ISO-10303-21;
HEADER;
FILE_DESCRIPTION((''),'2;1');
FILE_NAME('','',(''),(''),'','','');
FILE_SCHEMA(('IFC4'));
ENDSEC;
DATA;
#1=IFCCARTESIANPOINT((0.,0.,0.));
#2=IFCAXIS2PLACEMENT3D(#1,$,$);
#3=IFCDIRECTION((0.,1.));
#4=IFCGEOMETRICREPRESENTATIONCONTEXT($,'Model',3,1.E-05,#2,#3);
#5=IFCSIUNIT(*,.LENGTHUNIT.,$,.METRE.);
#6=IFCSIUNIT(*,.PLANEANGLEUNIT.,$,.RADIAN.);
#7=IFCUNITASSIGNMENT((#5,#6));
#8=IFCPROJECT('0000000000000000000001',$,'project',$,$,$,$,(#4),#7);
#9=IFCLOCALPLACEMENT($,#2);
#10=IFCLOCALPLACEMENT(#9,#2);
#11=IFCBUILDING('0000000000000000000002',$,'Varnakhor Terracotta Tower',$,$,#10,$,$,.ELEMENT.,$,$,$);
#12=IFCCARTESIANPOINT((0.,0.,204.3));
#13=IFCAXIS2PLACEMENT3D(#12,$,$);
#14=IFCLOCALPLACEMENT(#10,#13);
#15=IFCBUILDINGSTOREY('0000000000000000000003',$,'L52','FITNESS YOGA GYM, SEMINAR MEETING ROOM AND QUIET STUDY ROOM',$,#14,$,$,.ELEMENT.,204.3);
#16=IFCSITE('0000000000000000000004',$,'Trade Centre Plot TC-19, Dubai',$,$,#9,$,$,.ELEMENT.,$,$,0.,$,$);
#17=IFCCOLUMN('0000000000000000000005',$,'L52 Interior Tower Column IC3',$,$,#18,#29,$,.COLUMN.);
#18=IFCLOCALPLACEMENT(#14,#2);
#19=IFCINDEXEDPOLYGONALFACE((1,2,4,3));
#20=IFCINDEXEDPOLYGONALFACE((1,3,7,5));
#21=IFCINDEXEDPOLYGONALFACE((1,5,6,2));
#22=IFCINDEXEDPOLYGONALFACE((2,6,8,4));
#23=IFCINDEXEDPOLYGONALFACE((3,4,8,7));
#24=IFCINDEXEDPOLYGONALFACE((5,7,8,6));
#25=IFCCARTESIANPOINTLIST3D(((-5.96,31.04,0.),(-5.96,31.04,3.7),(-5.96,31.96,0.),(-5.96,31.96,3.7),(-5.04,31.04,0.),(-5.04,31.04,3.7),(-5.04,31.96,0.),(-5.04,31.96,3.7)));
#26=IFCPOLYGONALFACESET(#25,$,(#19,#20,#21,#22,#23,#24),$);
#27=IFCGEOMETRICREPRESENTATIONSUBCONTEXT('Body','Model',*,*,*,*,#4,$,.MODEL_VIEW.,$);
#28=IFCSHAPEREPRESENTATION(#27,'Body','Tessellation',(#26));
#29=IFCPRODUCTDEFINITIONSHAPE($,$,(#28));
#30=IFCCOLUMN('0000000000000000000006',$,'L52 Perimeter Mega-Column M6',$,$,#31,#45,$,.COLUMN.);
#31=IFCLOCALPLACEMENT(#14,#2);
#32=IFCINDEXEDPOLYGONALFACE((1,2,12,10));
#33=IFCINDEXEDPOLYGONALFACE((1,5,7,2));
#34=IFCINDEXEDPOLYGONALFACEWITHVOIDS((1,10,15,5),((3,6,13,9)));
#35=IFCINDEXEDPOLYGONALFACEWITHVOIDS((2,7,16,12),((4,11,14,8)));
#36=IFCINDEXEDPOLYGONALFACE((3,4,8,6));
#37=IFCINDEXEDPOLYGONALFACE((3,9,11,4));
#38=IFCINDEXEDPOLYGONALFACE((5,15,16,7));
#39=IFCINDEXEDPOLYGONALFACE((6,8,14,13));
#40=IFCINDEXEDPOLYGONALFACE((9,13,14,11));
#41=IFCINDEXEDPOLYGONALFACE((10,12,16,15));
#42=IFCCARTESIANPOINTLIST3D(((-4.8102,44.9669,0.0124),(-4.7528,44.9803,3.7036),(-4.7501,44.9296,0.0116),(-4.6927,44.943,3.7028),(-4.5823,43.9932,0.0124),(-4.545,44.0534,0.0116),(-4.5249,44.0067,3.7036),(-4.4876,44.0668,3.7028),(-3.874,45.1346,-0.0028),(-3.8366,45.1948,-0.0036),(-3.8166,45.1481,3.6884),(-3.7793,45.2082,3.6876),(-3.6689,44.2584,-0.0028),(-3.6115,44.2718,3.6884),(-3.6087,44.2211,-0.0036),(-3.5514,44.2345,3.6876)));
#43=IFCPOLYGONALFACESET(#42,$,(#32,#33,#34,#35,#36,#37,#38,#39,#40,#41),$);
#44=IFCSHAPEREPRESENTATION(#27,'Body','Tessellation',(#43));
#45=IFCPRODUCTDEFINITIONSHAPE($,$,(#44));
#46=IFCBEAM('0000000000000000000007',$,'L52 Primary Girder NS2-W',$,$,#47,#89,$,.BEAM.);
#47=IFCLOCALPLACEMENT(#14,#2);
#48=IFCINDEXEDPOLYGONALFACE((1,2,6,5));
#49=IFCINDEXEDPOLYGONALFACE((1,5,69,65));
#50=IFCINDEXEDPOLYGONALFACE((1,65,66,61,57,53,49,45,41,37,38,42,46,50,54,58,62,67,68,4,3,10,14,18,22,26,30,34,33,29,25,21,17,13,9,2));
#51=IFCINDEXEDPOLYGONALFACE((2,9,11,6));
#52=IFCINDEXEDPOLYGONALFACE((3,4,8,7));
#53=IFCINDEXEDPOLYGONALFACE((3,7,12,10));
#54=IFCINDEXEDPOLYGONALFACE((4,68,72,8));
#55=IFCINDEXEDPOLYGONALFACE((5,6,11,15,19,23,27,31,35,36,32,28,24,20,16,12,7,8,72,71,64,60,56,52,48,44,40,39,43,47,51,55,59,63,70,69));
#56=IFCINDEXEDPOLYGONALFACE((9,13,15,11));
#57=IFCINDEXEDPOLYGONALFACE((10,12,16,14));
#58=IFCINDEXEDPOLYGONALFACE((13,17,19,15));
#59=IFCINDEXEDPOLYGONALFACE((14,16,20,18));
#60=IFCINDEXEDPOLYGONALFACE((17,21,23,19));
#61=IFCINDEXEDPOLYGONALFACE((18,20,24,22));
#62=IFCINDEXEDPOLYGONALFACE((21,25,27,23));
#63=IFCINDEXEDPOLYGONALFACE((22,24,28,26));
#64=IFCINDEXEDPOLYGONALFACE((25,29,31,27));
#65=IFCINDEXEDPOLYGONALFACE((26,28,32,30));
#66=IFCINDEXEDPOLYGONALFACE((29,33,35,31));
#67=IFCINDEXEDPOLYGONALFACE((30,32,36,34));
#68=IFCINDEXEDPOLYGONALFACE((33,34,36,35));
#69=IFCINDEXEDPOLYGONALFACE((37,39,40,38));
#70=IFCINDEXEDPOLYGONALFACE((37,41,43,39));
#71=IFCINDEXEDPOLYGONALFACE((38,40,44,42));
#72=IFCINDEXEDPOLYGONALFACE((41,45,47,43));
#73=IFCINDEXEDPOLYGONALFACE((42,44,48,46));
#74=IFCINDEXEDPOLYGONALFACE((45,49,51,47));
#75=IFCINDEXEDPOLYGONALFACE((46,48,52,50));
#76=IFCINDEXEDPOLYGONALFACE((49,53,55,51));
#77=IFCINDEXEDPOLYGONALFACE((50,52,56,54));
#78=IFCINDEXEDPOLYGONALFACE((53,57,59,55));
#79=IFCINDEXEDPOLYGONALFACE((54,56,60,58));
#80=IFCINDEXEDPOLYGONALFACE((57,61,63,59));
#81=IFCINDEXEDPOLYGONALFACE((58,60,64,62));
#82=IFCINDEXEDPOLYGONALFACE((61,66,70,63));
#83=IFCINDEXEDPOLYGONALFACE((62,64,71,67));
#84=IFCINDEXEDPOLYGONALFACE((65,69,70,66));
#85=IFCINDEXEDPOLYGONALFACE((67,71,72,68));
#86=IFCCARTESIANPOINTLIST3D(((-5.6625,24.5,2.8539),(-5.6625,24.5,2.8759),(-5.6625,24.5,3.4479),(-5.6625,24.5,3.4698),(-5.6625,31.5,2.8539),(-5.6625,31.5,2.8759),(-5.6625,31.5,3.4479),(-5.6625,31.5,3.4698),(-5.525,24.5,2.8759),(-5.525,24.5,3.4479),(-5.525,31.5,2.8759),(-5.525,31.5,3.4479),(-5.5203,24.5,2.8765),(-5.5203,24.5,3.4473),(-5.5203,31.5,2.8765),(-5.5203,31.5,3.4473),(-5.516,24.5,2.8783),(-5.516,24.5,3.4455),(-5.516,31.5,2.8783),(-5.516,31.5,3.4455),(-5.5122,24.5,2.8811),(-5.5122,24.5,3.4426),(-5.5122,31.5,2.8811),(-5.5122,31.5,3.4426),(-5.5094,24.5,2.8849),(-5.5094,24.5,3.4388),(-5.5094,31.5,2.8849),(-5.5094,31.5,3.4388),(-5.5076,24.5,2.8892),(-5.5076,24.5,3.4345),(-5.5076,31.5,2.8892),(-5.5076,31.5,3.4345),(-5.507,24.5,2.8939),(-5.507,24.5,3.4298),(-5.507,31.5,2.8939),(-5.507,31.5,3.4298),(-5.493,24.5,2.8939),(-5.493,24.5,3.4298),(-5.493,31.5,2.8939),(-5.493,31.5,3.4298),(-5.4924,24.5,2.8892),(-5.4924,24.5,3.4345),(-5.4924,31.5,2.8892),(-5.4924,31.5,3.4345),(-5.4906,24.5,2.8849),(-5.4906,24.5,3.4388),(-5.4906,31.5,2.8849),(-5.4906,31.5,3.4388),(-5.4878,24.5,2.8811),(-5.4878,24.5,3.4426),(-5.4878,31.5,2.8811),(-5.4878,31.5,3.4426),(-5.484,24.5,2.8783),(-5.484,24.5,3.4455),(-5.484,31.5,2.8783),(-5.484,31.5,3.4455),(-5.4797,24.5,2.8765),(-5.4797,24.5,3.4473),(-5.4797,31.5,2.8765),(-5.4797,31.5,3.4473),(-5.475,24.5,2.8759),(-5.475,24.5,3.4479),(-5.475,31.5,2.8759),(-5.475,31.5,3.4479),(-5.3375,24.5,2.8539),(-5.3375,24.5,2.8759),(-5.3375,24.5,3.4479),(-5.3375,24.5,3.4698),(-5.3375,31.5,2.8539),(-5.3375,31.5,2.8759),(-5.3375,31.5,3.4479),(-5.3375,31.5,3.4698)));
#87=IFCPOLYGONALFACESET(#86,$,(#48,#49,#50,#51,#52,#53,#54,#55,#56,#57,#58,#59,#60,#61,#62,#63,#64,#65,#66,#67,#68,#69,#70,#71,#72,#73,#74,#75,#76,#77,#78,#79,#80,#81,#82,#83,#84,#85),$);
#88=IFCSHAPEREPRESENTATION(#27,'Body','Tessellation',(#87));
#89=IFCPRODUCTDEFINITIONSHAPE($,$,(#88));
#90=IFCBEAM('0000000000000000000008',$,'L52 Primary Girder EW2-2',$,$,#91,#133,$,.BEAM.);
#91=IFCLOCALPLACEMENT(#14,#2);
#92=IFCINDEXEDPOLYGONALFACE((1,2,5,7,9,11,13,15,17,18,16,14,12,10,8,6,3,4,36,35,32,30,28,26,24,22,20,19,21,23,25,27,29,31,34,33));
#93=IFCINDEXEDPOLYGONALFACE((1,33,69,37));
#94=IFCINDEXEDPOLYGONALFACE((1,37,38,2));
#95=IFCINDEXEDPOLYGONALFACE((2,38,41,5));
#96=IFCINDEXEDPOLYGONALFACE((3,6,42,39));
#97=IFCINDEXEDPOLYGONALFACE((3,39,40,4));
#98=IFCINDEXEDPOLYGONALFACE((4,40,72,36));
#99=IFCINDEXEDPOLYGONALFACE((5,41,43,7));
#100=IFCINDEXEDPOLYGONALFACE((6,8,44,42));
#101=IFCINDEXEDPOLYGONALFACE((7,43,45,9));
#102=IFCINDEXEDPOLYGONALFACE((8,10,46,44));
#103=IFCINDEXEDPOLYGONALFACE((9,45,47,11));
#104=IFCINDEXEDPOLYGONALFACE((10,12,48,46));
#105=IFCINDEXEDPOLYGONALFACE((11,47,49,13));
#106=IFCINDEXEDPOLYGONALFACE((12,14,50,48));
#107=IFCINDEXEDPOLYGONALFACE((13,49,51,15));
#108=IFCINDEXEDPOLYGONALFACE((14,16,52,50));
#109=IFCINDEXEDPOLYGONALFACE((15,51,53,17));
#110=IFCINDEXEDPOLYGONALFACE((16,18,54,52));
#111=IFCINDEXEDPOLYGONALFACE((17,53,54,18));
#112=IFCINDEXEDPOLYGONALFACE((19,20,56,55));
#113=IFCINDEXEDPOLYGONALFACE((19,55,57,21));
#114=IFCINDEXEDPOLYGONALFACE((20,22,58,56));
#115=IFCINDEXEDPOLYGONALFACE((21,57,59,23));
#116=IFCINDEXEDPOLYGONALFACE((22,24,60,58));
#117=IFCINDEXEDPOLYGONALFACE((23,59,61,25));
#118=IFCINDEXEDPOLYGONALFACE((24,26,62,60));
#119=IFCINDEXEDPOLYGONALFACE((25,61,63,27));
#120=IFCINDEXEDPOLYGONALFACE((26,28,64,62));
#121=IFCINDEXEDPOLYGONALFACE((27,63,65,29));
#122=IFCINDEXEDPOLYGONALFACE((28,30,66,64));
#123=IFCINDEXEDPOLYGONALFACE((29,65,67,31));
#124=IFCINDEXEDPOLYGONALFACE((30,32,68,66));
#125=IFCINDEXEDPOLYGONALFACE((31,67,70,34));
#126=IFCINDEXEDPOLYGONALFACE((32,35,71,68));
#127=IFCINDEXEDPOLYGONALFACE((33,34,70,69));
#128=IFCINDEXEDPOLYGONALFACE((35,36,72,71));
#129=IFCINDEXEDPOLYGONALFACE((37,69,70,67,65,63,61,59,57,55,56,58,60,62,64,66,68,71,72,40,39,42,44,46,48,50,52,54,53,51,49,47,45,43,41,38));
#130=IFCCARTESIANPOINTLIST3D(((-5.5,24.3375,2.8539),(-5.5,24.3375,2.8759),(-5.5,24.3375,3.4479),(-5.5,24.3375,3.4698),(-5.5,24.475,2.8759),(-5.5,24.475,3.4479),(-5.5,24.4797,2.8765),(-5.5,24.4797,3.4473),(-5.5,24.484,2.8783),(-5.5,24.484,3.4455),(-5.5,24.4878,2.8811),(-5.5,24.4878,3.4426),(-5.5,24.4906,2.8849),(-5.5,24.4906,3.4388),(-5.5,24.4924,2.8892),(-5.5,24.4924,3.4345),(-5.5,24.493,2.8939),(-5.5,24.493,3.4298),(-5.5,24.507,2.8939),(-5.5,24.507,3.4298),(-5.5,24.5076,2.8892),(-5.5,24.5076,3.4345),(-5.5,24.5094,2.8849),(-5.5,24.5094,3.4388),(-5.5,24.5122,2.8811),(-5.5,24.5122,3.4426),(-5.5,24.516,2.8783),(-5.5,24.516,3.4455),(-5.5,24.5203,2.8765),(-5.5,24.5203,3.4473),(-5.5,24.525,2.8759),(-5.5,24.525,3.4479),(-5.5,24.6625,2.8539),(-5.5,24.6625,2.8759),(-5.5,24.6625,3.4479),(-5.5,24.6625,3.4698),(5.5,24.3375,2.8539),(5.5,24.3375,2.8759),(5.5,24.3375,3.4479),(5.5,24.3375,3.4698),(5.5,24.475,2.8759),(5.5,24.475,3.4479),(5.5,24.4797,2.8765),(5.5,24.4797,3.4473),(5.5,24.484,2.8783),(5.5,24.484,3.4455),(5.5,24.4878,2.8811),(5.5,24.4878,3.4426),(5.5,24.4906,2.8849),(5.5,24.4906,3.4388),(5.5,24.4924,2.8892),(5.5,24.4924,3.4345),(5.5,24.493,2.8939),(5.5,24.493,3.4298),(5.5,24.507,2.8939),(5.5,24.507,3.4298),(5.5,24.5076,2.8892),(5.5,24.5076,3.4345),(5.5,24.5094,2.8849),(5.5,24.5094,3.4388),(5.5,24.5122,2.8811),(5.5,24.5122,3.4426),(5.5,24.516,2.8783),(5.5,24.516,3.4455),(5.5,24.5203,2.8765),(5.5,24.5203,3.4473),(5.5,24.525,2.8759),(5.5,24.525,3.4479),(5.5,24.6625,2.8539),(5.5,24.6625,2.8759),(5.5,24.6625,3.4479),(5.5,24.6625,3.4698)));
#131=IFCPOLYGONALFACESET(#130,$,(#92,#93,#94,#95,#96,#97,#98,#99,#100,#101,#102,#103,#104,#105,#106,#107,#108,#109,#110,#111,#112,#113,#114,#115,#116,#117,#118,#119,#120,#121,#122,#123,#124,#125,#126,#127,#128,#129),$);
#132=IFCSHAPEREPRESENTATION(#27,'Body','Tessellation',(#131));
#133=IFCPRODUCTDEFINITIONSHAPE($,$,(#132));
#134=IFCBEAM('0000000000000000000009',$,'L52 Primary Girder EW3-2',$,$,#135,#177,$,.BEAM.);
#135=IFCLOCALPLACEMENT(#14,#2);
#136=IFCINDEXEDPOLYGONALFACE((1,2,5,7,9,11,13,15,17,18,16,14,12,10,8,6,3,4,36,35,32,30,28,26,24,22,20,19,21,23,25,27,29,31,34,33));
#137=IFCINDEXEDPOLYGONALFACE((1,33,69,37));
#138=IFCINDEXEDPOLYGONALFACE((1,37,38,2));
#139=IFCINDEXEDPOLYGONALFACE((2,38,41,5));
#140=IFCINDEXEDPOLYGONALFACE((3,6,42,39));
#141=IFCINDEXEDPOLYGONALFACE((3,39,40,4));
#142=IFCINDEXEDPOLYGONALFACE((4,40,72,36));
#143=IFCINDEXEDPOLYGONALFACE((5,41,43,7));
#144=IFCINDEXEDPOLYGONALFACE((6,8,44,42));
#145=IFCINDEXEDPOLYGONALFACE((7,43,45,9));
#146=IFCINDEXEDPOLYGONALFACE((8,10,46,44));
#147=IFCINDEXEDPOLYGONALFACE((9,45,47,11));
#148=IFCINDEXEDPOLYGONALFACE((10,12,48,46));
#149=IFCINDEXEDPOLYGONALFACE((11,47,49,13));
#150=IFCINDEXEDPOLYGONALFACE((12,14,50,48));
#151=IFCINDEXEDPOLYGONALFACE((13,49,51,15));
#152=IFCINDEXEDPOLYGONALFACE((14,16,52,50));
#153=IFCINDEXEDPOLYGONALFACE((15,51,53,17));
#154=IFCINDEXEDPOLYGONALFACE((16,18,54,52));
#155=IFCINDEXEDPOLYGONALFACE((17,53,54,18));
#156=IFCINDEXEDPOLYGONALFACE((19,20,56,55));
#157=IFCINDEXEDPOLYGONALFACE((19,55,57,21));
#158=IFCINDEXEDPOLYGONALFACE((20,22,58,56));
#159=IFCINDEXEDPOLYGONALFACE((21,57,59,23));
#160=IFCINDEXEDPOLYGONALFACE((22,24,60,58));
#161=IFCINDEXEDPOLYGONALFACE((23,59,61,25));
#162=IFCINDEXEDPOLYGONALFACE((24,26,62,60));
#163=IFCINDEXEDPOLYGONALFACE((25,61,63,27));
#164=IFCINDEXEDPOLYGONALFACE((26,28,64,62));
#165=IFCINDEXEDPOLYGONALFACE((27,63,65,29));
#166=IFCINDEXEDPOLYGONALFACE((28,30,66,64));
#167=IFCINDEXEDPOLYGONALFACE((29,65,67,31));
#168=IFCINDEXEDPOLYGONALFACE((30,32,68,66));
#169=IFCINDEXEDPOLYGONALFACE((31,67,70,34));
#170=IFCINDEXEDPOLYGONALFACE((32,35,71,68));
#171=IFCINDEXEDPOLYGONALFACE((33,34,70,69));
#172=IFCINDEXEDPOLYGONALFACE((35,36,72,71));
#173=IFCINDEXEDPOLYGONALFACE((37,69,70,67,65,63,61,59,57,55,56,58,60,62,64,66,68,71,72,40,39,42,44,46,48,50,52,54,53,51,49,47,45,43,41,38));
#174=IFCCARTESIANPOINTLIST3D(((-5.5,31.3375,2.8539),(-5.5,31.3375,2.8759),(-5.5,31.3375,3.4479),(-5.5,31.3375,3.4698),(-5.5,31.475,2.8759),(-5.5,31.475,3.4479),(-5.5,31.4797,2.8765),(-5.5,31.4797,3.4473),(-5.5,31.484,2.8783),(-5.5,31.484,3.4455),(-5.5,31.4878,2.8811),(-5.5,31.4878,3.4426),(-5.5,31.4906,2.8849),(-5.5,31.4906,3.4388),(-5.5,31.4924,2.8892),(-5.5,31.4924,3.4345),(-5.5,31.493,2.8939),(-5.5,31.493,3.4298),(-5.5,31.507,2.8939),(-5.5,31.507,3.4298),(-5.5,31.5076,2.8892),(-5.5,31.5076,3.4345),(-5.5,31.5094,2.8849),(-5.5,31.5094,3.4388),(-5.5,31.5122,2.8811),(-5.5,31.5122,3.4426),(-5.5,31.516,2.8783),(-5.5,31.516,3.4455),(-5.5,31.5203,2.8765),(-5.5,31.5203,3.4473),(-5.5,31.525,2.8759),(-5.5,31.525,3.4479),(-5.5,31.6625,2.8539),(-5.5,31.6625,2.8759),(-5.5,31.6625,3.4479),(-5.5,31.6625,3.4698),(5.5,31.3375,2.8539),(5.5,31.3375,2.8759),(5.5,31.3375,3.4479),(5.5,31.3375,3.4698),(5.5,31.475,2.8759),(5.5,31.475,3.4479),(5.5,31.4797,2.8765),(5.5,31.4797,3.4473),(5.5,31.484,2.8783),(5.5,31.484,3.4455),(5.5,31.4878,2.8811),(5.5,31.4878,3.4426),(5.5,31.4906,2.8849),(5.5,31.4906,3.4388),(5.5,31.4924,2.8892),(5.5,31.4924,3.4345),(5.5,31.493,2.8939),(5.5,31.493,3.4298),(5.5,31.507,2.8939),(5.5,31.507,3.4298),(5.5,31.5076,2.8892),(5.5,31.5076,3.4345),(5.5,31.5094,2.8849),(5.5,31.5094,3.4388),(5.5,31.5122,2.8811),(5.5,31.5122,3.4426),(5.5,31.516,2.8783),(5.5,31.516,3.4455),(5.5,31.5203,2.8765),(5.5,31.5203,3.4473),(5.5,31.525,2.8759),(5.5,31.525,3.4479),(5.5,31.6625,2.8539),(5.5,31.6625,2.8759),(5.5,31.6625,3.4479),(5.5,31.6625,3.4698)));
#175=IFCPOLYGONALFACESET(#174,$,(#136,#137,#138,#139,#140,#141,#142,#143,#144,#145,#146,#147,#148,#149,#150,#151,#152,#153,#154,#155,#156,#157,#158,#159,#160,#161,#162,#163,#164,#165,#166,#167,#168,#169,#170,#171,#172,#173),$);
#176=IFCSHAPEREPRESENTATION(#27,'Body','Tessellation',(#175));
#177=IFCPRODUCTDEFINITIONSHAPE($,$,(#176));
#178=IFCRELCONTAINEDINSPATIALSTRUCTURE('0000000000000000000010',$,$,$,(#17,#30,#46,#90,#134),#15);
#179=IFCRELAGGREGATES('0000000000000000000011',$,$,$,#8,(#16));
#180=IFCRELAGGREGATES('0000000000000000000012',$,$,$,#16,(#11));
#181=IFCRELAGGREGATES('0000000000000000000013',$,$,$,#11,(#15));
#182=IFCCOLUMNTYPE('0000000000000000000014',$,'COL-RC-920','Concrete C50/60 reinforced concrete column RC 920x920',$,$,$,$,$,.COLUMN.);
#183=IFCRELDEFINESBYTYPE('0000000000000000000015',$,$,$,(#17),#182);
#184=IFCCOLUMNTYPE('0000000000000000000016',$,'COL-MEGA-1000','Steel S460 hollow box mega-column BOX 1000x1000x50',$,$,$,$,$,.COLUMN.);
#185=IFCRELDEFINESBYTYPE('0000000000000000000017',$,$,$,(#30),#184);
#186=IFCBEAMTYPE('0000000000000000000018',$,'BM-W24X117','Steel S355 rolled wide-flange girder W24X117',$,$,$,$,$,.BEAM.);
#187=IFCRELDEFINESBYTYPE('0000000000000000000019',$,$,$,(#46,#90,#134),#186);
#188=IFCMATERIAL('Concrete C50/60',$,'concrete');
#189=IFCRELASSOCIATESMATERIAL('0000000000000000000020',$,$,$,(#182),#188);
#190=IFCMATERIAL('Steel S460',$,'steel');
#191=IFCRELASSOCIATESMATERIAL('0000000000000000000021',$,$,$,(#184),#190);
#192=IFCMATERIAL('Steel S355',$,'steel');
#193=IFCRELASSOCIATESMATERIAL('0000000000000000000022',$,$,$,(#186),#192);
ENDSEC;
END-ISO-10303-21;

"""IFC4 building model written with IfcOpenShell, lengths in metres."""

from ifc_helpers import new_model, si_unit, direction, frame, origin, origin_2d, place, context, subcontext, project, spatial, rectangle, hollow_rectangle, i_section, extrude, source, transform, mapped, material, material_profile, profile_set, type_object, element, save


model = new_model("IFC4")

# Units and contexts
model_context = context("Model", 3, precision=1e-05, world=origin(), true_north=direction((0.0, 1.0)))
body_context = subcontext(model_context, "Body", "Model", "MODEL_VIEW")
ifc_project = project(units=[si_unit("LENGTHUNIT", "METRE"), si_unit("PLANEANGLEUNIT", "RADIAN")], contexts=[model_context])

# Site, building, storey
site_placement = place(None, origin())
site = spatial("IfcSite", under=ifc_project, at=site_placement, Name="Trade Centre Plot TC-19, Dubai", CompositionType="ELEMENT", RefElevation=0.0)
building_placement = place(site_placement, origin())
building = spatial("IfcBuilding", under=site, at=building_placement, Name="Varnakhor Terracotta Tower", CompositionType="ELEMENT")
storey_placement = place(building_placement, frame((0.0, 0.0, 204.3)))
storey = spatial("IfcBuildingStorey", under=building, at=storey_placement, Name="L52", Description="FITNESS YOGA GYM, SEMINAR MEETING ROOM AND QUIET STUDY ROOM", CompositionType="ELEMENT", Elevation=204.3)

# Columns
ifc_material_1 = material(Name="Concrete C50/60", Category="concrete")
ifc_material_profile_1 = material_profile(ifc_material_1, rectangle(XDim=0.9199, YDim=0.9199, at=origin_2d()), Name="RC 920x920")
ifc_profile_set_1 = profile_set([ifc_material_profile_1], Name="Concrete C50/60")
column_type_1 = type_object("IfcColumnType", Name="COL-RC-920", Description="Concrete C50/60 reinforced concrete column RC 920x920", PredefinedType="COLUMN", material=ifc_profile_set_1)
shared_shape_1 = source(origin(), body_context, "Body", "SweptSolid", [
    extrude(rectangle(XDim=0.9199, YDim=0.9199, at=origin_2d()), origin(), (0.0, 0.0, 1.0), 3.7),
])
column_1_placement = place(storey_placement, frame((-5.5, 31.5, 0.0), z_axis=(0.0, 0.0, 1.0), x_axis=(1.0, 0.0, 0.0)))
element("IfcColumn", 1, at=column_1_placement, inside=storey, type_object=column_type_1, Name="L52 Interior Tower Column IC3", PredefinedType="COLUMN", context=body_context, shape_type="MappedRepresentation", body=[
    mapped(shared_shape_1, transform((0.0, 0.0, 0.0), scale=1.0)),
])
ifc_material_2 = material(Name="Steel S460", Category="steel")
ifc_material_profile_2 = material_profile(ifc_material_2, hollow_rectangle(XDim=1.0, YDim=1.0, WallThickness=0.05, at=origin_2d()), Name="BOX 1000x1000x50")
ifc_profile_set_2 = profile_set([ifc_material_profile_2], Name="Steel S460")
column_type_2 = type_object("IfcColumnType", Name="COL-MEGA-1000", Description="Steel S460 hollow box mega-column BOX 1000x1000x50", PredefinedType="COLUMN", material=ifc_profile_set_2)
shared_shape_2 = source(origin(), body_context, "Body", "SweptSolid", [
    extrude(hollow_rectangle(XDim=1.0, YDim=1.0, WallThickness=0.05, at=origin_2d()), origin(), (0.0, 0.0, 1.0), 3.6917),
])
column_2_placement = place(storey_placement, frame((-4.2095, 44.594, 0.0044), z_axis=(0.015541, 0.003637, 0.999873), x_axis=(-0.227884, 0.973688, 0.0)))
element("IfcColumn", 2, at=column_2_placement, inside=storey, type_object=column_type_2, Name="L52 Perimeter Mega-Column M6", PredefinedType="COLUMN", context=body_context, shape_type="MappedRepresentation", body=[
    mapped(shared_shape_2, transform((0.0, 0.0, 0.0), scale=1.0)),
])

# Beams
ifc_material_3 = material(Name="Steel S355", Category="steel")
ifc_material_profile_3 = material_profile(ifc_material_3, i_section(OverallWidth=0.325, OverallDepth=0.616, WebThickness=0.0139, FlangeThickness=0.022, FilletRadius=0.0181, at=origin_2d()), Name="W24X117")
ifc_profile_set_3 = profile_set([ifc_material_profile_3], Name="Steel S355")
beam_type_1 = type_object("IfcBeamType", Name="BM-W24X117", Description="Steel S355 rolled wide-flange girder W24X117", PredefinedType="BEAM", material=ifc_profile_set_3)
shared_shape_3 = source(origin(), body_context, "Body", "SweptSolid", [
    extrude(i_section(OverallWidth=0.325, OverallDepth=0.616, WebThickness=0.0139, FlangeThickness=0.022, FilletRadius=0.0181, at=origin_2d()), origin(), (0.0, 0.0, 1.0), 7.0),
])
beam_1_placement = place(storey_placement, frame((-5.5, 24.5, 3.1619), z_axis=(0.0, 1.0, 0.0), x_axis=(-1.0, 0.0, 0.0)))
element("IfcBeam", 3, at=beam_1_placement, inside=storey, type_object=beam_type_1, Name="L52 Primary Girder NS2-W", PredefinedType="BEAM", context=body_context, shape_type="MappedRepresentation", body=[
    mapped(shared_shape_3, transform((0.0, 0.0, 0.0), scale=1.0)),
])
shared_shape_4 = source(origin(), body_context, "Body", "SweptSolid", [
    extrude(i_section(OverallWidth=0.325, OverallDepth=0.616, WebThickness=0.0139, FlangeThickness=0.022, FilletRadius=0.0181, at=origin_2d()), origin(), (0.0, 0.0, 1.0), 11.0),
])
for number, where, z_axis, x_axis, name in (
    (4, (-5.5, 24.5, 3.1619), (1.0, 0.0, 0.0), (0.0, 1.0, 0.0), "L52 Primary Girder EW2-2"),
    (5, (-5.5, 31.5, 3.1619), (1.0, 0.0, 0.0), (0.0, 1.0, 0.0), "L52 Primary Girder EW3-2"),
):
    element("IfcBeam", number, at=place(storey_placement, frame(where, z_axis=z_axis, x_axis=x_axis)), inside=storey, type_object=beam_type_1, Name=name, PredefinedType="BEAM", context=body_context, shape_type="MappedRepresentation", body=[
        mapped(shared_shape_4, transform((0.0, 0.0, 0.0), scale=1.0)),
    ])

save(model, "model.ifc")
